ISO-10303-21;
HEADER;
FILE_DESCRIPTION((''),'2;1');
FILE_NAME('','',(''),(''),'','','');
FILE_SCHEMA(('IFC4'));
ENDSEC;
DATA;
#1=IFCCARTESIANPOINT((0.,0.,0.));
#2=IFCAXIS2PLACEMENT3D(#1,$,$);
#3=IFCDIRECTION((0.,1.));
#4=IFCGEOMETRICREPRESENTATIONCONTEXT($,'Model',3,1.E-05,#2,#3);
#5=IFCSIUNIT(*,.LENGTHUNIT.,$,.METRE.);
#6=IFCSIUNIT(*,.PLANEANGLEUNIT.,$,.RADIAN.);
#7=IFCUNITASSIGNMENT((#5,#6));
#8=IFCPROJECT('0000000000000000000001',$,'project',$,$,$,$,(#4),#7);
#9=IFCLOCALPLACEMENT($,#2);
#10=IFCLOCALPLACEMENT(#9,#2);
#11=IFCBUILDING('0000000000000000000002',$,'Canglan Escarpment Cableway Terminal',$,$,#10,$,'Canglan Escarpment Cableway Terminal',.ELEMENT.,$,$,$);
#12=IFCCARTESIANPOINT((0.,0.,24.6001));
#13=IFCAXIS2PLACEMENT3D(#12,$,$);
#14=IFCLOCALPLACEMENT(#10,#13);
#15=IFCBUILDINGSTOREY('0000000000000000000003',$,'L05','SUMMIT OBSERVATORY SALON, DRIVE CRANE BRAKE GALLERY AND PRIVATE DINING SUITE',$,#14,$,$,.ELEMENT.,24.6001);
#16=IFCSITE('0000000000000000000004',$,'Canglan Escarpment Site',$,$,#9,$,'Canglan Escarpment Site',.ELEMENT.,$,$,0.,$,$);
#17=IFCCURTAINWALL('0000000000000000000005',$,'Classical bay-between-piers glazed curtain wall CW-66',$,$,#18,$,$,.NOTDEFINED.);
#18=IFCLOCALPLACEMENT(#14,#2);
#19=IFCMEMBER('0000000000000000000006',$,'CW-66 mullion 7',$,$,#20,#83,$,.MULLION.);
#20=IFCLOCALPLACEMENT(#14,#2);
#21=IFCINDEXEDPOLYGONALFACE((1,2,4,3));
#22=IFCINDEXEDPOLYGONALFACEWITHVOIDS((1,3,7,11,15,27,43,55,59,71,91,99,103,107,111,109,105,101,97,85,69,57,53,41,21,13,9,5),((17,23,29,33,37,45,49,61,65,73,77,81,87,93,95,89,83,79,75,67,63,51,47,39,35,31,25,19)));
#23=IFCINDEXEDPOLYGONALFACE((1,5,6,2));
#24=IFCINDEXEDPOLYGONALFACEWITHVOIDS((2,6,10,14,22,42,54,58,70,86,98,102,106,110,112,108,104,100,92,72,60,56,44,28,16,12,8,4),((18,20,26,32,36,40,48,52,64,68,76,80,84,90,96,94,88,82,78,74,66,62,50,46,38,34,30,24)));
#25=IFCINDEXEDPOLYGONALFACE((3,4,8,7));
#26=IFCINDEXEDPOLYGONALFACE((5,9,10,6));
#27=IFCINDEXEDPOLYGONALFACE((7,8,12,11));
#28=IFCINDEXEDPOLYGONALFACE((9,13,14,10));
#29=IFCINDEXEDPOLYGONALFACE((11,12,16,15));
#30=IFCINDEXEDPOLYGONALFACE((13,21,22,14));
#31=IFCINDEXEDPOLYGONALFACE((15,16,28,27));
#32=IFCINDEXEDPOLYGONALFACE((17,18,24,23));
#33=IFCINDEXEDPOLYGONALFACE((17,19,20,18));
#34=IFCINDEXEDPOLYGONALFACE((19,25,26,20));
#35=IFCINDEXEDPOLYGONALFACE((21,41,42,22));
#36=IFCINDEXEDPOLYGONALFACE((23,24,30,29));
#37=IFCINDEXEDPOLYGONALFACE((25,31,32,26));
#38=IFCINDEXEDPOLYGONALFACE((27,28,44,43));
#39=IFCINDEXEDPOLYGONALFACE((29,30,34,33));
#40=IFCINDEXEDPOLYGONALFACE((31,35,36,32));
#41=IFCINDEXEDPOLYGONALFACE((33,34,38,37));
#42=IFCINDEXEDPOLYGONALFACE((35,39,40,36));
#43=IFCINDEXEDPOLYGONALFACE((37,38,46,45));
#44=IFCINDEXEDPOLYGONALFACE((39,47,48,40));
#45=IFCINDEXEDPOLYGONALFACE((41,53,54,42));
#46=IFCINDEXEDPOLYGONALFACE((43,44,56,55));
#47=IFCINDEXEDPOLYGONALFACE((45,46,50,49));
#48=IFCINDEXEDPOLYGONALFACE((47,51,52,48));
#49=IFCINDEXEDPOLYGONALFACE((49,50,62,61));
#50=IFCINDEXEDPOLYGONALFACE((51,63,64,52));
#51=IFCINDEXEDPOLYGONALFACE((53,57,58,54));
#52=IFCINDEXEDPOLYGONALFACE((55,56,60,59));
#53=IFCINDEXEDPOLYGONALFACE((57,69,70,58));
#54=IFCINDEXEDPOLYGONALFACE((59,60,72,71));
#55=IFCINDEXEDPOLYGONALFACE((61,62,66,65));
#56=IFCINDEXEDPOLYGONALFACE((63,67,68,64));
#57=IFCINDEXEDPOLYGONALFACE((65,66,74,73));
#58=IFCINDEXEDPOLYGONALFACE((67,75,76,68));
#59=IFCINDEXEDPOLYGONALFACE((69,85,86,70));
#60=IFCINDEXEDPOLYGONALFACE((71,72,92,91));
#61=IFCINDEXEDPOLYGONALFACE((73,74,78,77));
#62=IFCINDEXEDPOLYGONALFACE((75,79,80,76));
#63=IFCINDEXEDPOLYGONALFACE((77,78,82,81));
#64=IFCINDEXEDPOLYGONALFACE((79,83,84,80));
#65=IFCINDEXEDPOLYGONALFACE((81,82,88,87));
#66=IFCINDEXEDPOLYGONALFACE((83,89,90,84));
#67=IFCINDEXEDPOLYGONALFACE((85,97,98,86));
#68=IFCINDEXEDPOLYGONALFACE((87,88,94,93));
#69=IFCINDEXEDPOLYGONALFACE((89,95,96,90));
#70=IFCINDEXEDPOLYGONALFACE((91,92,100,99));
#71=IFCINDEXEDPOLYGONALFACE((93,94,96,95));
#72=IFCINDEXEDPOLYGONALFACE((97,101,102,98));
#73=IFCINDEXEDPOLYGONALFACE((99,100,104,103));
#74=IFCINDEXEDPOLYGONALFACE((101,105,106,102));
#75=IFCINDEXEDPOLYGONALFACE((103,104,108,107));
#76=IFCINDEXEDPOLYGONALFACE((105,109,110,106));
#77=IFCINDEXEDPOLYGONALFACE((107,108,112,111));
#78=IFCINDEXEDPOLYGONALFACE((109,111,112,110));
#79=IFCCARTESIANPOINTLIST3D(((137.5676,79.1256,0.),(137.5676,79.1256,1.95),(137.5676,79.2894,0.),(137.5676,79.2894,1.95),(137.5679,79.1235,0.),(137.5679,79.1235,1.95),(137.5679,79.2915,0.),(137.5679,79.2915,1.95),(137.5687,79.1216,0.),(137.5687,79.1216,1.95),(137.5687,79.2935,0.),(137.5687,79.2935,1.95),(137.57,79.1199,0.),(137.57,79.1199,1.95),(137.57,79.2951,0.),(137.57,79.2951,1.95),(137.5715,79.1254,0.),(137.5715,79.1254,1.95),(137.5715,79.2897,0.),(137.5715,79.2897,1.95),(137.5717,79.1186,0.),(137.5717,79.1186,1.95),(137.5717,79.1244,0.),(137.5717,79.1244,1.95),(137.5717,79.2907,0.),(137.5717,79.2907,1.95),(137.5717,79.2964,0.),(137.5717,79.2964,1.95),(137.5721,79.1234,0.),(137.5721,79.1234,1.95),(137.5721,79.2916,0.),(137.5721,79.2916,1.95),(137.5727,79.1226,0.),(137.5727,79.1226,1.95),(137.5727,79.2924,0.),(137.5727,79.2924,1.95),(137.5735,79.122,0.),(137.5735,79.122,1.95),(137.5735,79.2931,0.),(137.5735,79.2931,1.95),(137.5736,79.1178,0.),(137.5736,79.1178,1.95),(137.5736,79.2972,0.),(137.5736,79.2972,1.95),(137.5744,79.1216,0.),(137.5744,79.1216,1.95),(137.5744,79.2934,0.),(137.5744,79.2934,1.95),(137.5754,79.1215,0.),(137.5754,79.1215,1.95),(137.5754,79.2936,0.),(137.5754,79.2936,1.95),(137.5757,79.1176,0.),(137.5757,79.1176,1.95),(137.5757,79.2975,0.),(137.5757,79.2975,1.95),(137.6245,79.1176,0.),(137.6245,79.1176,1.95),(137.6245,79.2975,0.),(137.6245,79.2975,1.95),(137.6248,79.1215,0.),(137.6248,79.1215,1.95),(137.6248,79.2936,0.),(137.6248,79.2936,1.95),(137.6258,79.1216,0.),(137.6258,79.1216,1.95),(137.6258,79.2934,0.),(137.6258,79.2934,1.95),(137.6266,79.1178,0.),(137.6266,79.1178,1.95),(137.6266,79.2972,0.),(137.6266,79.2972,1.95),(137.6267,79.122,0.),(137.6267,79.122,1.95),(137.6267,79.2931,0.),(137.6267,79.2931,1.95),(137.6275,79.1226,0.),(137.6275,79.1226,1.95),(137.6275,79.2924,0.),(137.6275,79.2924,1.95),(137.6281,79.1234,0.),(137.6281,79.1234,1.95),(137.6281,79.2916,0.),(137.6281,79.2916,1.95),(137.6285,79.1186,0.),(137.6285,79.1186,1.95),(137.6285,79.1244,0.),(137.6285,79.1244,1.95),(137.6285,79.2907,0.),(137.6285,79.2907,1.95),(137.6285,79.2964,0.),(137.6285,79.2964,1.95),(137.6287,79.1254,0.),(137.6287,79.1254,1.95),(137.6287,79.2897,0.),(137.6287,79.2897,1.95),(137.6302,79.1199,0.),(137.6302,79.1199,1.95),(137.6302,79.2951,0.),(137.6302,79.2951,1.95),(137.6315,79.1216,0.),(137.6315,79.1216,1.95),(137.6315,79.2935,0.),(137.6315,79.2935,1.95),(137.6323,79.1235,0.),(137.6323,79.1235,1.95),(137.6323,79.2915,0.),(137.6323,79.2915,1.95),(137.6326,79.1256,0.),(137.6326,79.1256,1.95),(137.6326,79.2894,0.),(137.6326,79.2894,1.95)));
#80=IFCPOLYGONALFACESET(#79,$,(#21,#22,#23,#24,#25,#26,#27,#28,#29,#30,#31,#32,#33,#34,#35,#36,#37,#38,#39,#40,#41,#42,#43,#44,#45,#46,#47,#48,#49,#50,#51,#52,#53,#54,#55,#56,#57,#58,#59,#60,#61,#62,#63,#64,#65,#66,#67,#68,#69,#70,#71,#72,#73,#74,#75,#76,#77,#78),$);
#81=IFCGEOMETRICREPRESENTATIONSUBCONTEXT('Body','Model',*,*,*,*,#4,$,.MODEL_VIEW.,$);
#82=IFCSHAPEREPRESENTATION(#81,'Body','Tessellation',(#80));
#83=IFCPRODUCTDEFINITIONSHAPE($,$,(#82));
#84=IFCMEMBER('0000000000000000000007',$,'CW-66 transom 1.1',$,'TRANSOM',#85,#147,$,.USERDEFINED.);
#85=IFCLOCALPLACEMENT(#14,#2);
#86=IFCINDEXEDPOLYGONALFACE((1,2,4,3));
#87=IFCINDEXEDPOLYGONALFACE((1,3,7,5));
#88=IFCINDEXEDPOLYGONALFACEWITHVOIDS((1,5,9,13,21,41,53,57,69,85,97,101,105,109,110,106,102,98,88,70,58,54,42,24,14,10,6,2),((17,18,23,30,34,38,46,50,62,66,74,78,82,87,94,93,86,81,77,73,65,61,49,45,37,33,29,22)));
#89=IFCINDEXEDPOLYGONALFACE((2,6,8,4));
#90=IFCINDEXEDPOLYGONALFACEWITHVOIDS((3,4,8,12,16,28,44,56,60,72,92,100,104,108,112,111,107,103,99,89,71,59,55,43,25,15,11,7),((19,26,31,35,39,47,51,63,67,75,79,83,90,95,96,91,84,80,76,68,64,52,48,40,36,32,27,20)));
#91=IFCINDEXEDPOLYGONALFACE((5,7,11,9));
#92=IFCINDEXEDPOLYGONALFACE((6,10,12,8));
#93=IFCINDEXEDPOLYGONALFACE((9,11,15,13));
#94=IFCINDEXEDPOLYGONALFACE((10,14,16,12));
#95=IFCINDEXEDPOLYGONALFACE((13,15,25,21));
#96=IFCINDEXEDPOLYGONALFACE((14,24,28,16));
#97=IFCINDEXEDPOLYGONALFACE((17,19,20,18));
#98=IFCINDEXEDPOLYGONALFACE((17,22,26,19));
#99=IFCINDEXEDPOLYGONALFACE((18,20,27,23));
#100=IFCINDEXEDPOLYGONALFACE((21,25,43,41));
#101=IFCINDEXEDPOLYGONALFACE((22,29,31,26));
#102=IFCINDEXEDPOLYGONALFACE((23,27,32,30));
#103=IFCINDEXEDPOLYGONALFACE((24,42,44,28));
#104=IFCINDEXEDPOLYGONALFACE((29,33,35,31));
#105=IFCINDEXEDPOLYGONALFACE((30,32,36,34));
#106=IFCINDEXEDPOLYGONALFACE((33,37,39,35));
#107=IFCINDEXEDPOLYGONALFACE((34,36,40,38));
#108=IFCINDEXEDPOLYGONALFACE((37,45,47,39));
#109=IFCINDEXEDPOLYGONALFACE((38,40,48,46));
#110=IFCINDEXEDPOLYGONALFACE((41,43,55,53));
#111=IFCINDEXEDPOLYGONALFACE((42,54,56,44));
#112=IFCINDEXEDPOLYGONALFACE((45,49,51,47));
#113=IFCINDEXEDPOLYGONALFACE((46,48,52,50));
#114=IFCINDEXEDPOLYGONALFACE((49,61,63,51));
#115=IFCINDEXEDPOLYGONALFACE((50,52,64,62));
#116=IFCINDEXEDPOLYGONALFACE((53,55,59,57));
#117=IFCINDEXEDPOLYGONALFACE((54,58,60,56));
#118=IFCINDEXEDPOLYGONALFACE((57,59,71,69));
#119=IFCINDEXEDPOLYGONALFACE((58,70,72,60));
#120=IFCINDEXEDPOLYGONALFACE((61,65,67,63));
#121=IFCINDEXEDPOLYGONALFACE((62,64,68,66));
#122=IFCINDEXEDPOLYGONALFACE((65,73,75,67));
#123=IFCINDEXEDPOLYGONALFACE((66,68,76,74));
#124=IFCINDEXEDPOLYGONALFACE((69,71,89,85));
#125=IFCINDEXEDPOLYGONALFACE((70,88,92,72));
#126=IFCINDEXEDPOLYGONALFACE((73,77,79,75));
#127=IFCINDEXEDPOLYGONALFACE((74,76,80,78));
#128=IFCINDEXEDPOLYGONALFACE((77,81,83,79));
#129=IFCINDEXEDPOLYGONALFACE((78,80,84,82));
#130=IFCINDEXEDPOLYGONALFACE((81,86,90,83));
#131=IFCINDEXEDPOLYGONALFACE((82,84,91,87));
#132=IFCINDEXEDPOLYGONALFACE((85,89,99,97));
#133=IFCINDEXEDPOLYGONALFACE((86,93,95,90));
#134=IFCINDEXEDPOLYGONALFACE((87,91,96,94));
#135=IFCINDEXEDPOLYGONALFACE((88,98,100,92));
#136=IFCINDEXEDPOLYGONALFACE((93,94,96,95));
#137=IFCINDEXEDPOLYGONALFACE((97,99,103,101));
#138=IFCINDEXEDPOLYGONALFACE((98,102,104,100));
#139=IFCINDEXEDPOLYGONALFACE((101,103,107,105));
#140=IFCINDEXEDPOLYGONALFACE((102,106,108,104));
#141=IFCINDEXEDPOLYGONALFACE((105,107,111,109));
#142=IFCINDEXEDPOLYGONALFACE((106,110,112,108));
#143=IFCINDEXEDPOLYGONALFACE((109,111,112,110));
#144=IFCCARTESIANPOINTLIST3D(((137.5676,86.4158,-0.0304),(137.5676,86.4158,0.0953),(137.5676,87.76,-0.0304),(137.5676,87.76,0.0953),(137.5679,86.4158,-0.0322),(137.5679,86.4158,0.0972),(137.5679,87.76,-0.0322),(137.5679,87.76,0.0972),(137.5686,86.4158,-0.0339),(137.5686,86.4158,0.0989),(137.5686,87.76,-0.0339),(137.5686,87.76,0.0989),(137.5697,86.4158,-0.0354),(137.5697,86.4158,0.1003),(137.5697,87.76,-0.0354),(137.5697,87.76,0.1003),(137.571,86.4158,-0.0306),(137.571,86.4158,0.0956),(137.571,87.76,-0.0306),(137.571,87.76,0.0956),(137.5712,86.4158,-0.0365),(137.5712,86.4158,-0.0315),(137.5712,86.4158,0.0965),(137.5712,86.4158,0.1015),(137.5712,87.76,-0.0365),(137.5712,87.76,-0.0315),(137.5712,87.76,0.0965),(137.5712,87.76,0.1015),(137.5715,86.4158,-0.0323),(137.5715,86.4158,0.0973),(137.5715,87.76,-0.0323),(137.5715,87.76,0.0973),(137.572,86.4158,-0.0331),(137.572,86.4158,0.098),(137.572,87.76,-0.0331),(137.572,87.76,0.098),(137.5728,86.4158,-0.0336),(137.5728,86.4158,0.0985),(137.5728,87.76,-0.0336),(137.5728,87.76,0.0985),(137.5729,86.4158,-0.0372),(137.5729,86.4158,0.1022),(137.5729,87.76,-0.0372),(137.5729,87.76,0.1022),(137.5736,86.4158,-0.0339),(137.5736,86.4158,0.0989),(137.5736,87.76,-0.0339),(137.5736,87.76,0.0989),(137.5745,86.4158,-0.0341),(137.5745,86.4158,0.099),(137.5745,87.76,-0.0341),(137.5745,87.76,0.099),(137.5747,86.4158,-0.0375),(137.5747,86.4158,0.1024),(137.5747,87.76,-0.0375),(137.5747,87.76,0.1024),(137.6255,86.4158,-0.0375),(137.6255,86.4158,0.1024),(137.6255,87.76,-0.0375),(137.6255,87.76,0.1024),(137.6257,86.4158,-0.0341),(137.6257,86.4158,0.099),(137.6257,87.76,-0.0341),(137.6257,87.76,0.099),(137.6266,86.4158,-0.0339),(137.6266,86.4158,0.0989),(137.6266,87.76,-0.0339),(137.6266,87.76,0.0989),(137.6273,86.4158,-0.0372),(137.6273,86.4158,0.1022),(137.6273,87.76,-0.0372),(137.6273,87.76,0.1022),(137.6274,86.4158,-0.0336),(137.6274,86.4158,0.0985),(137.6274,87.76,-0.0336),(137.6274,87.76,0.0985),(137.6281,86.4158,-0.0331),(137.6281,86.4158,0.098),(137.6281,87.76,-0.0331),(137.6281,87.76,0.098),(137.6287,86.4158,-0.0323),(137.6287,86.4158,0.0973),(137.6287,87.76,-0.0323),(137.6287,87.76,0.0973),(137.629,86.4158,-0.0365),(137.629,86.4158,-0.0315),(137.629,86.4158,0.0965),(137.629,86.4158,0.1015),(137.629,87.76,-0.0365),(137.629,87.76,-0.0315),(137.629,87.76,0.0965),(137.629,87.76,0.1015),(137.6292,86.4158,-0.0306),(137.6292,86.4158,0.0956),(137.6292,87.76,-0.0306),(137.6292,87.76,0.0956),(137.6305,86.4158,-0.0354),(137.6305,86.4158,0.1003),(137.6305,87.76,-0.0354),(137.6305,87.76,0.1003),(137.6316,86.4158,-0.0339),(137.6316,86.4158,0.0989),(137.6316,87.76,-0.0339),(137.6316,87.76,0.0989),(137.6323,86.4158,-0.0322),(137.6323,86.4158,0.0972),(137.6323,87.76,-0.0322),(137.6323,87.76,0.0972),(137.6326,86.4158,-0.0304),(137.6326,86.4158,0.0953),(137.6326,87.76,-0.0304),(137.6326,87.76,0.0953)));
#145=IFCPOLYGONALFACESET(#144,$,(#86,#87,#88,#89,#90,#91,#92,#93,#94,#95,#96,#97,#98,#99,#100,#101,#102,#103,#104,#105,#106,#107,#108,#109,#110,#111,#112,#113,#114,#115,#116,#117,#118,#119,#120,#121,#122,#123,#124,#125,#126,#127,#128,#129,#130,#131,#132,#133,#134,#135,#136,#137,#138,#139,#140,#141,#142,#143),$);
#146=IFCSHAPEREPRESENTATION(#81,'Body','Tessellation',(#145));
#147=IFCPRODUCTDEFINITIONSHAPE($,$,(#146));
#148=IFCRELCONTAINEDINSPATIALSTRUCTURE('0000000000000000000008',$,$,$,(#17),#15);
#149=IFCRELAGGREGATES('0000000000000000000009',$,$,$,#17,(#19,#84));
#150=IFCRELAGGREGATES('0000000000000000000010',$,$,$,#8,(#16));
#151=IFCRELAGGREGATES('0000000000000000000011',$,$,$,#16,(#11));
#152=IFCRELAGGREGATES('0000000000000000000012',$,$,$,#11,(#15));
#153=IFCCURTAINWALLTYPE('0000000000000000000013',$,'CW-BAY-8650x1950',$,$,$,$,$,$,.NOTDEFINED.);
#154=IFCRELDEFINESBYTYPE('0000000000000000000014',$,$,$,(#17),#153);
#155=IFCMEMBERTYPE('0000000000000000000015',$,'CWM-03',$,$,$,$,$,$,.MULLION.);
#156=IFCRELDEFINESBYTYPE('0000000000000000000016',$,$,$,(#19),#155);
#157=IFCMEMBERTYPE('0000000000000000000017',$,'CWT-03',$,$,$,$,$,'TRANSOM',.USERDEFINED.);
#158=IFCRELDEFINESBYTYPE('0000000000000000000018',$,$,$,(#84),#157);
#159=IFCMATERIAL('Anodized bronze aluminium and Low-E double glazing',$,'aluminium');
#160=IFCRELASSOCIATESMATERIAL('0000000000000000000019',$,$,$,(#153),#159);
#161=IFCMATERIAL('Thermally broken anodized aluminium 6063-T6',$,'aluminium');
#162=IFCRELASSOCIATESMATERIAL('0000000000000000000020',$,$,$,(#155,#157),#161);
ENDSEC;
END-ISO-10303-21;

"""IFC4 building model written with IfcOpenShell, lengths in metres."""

from ifc_helpers import new_model, si_unit, direction, frame, origin, origin_2d, place, context, subcontext, project, spatial, hollow_rectangle, extrude, material, material_profile, profile_set, type_object, element, aggregate, save


model = new_model("IFC4")

# Units and contexts
model_context = context("Model", 3, precision=1e-05, world=origin(), true_north=direction((0.0, 1.0)))
body_context = subcontext(model_context, "Body", "Model", "MODEL_VIEW")
ifc_project = project(units=[si_unit("LENGTHUNIT", "METRE"), si_unit("PLANEANGLEUNIT", "RADIAN")], contexts=[model_context])

# Site, building, storey
site_placement = place(None, origin())
site = spatial("IfcSite", under=ifc_project, at=site_placement, Name="Canglan Escarpment Site", LongName="Canglan Escarpment Site", CompositionType="ELEMENT", RefElevation=0.0)
building_placement = place(site_placement, origin())
building = spatial("IfcBuilding", under=site, at=building_placement, Name="Canglan Escarpment Cableway Terminal", LongName="Canglan Escarpment Cableway Terminal", CompositionType="ELEMENT")
storey_placement = place(building_placement, frame((0.0, 0.0, 24.6001)))
storey = spatial("IfcBuildingStorey", under=building, at=storey_placement, Name="L05", Description="SUMMIT OBSERVATORY SALON, DRIVE CRANE BRAKE GALLERY AND PRIVATE DINING SUITE", CompositionType="ELEMENT", Elevation=24.6001)

# Curtain wall, members
ifc_material_1 = material(Name="Anodized bronze aluminium and Low-E double glazing", Category="aluminium")
curtain_wall_type = type_object("IfcCurtainWallType", Name="CW-BAY-8650x1950", PredefinedType="NOTDEFINED", material=ifc_material_1)
curtain_wall_placement = place(storey_placement, origin())
curtain_wall = element("IfcCurtainWall", 1, at=curtain_wall_placement, inside=storey, type_object=curtain_wall_type, Name="Classical bay-between-piers glazed curtain wall CW-66", PredefinedType="NOTDEFINED")
ifc_material_2 = material(Name="Thermally broken anodized aluminium 6063-T6", Category="aluminium")
ifc_material_profile_1 = material_profile(ifc_material_2, hollow_rectangle(XDim=0.0649, YDim=0.1799, WallThickness=0.0039, InnerFilletRadius=0.0039, OuterFilletRadius=0.0081, at=origin_2d()), Name="ALU-MULL 65x180x4")
ifc_profile_set_1 = profile_set([ifc_material_profile_1], Name="Thermally broken anodized aluminium 6063-T6")
member_type_1 = type_object("IfcMemberType", Name="CWM-03", PredefinedType="MULLION", material=ifc_profile_set_1)
member_1_placement = place(storey_placement, frame((137.6001, 79.2075, 0.0), z_axis=(0.0, 0.0, 1.0), x_axis=(1.0, 0.0, 0.0)))
member_1 = element("IfcMember", 2, at=member_1_placement, type_object=member_type_1, Name="CW-66 mullion 7", PredefinedType="MULLION", context=body_context, shape_type="SweptSolid", body=[
    extrude(hollow_rectangle(XDim=0.0649, YDim=0.1799, WallThickness=0.0039, InnerFilletRadius=0.0039, OuterFilletRadius=0.0081, at=origin_2d()), origin(), (0.0, 0.0, 1.0), 1.95),
])
ifc_material_profile_2 = material_profile(ifc_material_2, hollow_rectangle(XDim=0.0649, YDim=0.1399, WallThickness=0.0034, InnerFilletRadius=0.0034, OuterFilletRadius=0.0071, at=origin_2d()), Name="ALU-TRAN 65x140x3.5")
ifc_profile_set_2 = profile_set([ifc_material_profile_2], Name="Thermally broken anodized aluminium 6063-T6")
member_type_2 = type_object("IfcMemberType", Name="CWT-03", ElementType="TRANSOM", PredefinedType="USERDEFINED", material=ifc_profile_set_2)
member_2_placement = place(storey_placement, frame((137.6001, 87.76, 0.0325), z_axis=(0.0, -1.0, 0.0), x_axis=(1.0, 0.0, 0.0)))
member_2 = element("IfcMember", 3, at=member_2_placement, type_object=member_type_2, Name="CW-66 transom 1.1", ObjectType="TRANSOM", PredefinedType="USERDEFINED", context=body_context, shape_type="SweptSolid", body=[
    extrude(hollow_rectangle(XDim=0.0649, YDim=0.1399, WallThickness=0.0034, InnerFilletRadius=0.0034, OuterFilletRadius=0.0071, at=origin_2d()), origin(), (0.0, 0.0, 1.0), 1.3442),
])
aggregate(curtain_wall, [member_1, member_2])

save(model, "model.ifc")
